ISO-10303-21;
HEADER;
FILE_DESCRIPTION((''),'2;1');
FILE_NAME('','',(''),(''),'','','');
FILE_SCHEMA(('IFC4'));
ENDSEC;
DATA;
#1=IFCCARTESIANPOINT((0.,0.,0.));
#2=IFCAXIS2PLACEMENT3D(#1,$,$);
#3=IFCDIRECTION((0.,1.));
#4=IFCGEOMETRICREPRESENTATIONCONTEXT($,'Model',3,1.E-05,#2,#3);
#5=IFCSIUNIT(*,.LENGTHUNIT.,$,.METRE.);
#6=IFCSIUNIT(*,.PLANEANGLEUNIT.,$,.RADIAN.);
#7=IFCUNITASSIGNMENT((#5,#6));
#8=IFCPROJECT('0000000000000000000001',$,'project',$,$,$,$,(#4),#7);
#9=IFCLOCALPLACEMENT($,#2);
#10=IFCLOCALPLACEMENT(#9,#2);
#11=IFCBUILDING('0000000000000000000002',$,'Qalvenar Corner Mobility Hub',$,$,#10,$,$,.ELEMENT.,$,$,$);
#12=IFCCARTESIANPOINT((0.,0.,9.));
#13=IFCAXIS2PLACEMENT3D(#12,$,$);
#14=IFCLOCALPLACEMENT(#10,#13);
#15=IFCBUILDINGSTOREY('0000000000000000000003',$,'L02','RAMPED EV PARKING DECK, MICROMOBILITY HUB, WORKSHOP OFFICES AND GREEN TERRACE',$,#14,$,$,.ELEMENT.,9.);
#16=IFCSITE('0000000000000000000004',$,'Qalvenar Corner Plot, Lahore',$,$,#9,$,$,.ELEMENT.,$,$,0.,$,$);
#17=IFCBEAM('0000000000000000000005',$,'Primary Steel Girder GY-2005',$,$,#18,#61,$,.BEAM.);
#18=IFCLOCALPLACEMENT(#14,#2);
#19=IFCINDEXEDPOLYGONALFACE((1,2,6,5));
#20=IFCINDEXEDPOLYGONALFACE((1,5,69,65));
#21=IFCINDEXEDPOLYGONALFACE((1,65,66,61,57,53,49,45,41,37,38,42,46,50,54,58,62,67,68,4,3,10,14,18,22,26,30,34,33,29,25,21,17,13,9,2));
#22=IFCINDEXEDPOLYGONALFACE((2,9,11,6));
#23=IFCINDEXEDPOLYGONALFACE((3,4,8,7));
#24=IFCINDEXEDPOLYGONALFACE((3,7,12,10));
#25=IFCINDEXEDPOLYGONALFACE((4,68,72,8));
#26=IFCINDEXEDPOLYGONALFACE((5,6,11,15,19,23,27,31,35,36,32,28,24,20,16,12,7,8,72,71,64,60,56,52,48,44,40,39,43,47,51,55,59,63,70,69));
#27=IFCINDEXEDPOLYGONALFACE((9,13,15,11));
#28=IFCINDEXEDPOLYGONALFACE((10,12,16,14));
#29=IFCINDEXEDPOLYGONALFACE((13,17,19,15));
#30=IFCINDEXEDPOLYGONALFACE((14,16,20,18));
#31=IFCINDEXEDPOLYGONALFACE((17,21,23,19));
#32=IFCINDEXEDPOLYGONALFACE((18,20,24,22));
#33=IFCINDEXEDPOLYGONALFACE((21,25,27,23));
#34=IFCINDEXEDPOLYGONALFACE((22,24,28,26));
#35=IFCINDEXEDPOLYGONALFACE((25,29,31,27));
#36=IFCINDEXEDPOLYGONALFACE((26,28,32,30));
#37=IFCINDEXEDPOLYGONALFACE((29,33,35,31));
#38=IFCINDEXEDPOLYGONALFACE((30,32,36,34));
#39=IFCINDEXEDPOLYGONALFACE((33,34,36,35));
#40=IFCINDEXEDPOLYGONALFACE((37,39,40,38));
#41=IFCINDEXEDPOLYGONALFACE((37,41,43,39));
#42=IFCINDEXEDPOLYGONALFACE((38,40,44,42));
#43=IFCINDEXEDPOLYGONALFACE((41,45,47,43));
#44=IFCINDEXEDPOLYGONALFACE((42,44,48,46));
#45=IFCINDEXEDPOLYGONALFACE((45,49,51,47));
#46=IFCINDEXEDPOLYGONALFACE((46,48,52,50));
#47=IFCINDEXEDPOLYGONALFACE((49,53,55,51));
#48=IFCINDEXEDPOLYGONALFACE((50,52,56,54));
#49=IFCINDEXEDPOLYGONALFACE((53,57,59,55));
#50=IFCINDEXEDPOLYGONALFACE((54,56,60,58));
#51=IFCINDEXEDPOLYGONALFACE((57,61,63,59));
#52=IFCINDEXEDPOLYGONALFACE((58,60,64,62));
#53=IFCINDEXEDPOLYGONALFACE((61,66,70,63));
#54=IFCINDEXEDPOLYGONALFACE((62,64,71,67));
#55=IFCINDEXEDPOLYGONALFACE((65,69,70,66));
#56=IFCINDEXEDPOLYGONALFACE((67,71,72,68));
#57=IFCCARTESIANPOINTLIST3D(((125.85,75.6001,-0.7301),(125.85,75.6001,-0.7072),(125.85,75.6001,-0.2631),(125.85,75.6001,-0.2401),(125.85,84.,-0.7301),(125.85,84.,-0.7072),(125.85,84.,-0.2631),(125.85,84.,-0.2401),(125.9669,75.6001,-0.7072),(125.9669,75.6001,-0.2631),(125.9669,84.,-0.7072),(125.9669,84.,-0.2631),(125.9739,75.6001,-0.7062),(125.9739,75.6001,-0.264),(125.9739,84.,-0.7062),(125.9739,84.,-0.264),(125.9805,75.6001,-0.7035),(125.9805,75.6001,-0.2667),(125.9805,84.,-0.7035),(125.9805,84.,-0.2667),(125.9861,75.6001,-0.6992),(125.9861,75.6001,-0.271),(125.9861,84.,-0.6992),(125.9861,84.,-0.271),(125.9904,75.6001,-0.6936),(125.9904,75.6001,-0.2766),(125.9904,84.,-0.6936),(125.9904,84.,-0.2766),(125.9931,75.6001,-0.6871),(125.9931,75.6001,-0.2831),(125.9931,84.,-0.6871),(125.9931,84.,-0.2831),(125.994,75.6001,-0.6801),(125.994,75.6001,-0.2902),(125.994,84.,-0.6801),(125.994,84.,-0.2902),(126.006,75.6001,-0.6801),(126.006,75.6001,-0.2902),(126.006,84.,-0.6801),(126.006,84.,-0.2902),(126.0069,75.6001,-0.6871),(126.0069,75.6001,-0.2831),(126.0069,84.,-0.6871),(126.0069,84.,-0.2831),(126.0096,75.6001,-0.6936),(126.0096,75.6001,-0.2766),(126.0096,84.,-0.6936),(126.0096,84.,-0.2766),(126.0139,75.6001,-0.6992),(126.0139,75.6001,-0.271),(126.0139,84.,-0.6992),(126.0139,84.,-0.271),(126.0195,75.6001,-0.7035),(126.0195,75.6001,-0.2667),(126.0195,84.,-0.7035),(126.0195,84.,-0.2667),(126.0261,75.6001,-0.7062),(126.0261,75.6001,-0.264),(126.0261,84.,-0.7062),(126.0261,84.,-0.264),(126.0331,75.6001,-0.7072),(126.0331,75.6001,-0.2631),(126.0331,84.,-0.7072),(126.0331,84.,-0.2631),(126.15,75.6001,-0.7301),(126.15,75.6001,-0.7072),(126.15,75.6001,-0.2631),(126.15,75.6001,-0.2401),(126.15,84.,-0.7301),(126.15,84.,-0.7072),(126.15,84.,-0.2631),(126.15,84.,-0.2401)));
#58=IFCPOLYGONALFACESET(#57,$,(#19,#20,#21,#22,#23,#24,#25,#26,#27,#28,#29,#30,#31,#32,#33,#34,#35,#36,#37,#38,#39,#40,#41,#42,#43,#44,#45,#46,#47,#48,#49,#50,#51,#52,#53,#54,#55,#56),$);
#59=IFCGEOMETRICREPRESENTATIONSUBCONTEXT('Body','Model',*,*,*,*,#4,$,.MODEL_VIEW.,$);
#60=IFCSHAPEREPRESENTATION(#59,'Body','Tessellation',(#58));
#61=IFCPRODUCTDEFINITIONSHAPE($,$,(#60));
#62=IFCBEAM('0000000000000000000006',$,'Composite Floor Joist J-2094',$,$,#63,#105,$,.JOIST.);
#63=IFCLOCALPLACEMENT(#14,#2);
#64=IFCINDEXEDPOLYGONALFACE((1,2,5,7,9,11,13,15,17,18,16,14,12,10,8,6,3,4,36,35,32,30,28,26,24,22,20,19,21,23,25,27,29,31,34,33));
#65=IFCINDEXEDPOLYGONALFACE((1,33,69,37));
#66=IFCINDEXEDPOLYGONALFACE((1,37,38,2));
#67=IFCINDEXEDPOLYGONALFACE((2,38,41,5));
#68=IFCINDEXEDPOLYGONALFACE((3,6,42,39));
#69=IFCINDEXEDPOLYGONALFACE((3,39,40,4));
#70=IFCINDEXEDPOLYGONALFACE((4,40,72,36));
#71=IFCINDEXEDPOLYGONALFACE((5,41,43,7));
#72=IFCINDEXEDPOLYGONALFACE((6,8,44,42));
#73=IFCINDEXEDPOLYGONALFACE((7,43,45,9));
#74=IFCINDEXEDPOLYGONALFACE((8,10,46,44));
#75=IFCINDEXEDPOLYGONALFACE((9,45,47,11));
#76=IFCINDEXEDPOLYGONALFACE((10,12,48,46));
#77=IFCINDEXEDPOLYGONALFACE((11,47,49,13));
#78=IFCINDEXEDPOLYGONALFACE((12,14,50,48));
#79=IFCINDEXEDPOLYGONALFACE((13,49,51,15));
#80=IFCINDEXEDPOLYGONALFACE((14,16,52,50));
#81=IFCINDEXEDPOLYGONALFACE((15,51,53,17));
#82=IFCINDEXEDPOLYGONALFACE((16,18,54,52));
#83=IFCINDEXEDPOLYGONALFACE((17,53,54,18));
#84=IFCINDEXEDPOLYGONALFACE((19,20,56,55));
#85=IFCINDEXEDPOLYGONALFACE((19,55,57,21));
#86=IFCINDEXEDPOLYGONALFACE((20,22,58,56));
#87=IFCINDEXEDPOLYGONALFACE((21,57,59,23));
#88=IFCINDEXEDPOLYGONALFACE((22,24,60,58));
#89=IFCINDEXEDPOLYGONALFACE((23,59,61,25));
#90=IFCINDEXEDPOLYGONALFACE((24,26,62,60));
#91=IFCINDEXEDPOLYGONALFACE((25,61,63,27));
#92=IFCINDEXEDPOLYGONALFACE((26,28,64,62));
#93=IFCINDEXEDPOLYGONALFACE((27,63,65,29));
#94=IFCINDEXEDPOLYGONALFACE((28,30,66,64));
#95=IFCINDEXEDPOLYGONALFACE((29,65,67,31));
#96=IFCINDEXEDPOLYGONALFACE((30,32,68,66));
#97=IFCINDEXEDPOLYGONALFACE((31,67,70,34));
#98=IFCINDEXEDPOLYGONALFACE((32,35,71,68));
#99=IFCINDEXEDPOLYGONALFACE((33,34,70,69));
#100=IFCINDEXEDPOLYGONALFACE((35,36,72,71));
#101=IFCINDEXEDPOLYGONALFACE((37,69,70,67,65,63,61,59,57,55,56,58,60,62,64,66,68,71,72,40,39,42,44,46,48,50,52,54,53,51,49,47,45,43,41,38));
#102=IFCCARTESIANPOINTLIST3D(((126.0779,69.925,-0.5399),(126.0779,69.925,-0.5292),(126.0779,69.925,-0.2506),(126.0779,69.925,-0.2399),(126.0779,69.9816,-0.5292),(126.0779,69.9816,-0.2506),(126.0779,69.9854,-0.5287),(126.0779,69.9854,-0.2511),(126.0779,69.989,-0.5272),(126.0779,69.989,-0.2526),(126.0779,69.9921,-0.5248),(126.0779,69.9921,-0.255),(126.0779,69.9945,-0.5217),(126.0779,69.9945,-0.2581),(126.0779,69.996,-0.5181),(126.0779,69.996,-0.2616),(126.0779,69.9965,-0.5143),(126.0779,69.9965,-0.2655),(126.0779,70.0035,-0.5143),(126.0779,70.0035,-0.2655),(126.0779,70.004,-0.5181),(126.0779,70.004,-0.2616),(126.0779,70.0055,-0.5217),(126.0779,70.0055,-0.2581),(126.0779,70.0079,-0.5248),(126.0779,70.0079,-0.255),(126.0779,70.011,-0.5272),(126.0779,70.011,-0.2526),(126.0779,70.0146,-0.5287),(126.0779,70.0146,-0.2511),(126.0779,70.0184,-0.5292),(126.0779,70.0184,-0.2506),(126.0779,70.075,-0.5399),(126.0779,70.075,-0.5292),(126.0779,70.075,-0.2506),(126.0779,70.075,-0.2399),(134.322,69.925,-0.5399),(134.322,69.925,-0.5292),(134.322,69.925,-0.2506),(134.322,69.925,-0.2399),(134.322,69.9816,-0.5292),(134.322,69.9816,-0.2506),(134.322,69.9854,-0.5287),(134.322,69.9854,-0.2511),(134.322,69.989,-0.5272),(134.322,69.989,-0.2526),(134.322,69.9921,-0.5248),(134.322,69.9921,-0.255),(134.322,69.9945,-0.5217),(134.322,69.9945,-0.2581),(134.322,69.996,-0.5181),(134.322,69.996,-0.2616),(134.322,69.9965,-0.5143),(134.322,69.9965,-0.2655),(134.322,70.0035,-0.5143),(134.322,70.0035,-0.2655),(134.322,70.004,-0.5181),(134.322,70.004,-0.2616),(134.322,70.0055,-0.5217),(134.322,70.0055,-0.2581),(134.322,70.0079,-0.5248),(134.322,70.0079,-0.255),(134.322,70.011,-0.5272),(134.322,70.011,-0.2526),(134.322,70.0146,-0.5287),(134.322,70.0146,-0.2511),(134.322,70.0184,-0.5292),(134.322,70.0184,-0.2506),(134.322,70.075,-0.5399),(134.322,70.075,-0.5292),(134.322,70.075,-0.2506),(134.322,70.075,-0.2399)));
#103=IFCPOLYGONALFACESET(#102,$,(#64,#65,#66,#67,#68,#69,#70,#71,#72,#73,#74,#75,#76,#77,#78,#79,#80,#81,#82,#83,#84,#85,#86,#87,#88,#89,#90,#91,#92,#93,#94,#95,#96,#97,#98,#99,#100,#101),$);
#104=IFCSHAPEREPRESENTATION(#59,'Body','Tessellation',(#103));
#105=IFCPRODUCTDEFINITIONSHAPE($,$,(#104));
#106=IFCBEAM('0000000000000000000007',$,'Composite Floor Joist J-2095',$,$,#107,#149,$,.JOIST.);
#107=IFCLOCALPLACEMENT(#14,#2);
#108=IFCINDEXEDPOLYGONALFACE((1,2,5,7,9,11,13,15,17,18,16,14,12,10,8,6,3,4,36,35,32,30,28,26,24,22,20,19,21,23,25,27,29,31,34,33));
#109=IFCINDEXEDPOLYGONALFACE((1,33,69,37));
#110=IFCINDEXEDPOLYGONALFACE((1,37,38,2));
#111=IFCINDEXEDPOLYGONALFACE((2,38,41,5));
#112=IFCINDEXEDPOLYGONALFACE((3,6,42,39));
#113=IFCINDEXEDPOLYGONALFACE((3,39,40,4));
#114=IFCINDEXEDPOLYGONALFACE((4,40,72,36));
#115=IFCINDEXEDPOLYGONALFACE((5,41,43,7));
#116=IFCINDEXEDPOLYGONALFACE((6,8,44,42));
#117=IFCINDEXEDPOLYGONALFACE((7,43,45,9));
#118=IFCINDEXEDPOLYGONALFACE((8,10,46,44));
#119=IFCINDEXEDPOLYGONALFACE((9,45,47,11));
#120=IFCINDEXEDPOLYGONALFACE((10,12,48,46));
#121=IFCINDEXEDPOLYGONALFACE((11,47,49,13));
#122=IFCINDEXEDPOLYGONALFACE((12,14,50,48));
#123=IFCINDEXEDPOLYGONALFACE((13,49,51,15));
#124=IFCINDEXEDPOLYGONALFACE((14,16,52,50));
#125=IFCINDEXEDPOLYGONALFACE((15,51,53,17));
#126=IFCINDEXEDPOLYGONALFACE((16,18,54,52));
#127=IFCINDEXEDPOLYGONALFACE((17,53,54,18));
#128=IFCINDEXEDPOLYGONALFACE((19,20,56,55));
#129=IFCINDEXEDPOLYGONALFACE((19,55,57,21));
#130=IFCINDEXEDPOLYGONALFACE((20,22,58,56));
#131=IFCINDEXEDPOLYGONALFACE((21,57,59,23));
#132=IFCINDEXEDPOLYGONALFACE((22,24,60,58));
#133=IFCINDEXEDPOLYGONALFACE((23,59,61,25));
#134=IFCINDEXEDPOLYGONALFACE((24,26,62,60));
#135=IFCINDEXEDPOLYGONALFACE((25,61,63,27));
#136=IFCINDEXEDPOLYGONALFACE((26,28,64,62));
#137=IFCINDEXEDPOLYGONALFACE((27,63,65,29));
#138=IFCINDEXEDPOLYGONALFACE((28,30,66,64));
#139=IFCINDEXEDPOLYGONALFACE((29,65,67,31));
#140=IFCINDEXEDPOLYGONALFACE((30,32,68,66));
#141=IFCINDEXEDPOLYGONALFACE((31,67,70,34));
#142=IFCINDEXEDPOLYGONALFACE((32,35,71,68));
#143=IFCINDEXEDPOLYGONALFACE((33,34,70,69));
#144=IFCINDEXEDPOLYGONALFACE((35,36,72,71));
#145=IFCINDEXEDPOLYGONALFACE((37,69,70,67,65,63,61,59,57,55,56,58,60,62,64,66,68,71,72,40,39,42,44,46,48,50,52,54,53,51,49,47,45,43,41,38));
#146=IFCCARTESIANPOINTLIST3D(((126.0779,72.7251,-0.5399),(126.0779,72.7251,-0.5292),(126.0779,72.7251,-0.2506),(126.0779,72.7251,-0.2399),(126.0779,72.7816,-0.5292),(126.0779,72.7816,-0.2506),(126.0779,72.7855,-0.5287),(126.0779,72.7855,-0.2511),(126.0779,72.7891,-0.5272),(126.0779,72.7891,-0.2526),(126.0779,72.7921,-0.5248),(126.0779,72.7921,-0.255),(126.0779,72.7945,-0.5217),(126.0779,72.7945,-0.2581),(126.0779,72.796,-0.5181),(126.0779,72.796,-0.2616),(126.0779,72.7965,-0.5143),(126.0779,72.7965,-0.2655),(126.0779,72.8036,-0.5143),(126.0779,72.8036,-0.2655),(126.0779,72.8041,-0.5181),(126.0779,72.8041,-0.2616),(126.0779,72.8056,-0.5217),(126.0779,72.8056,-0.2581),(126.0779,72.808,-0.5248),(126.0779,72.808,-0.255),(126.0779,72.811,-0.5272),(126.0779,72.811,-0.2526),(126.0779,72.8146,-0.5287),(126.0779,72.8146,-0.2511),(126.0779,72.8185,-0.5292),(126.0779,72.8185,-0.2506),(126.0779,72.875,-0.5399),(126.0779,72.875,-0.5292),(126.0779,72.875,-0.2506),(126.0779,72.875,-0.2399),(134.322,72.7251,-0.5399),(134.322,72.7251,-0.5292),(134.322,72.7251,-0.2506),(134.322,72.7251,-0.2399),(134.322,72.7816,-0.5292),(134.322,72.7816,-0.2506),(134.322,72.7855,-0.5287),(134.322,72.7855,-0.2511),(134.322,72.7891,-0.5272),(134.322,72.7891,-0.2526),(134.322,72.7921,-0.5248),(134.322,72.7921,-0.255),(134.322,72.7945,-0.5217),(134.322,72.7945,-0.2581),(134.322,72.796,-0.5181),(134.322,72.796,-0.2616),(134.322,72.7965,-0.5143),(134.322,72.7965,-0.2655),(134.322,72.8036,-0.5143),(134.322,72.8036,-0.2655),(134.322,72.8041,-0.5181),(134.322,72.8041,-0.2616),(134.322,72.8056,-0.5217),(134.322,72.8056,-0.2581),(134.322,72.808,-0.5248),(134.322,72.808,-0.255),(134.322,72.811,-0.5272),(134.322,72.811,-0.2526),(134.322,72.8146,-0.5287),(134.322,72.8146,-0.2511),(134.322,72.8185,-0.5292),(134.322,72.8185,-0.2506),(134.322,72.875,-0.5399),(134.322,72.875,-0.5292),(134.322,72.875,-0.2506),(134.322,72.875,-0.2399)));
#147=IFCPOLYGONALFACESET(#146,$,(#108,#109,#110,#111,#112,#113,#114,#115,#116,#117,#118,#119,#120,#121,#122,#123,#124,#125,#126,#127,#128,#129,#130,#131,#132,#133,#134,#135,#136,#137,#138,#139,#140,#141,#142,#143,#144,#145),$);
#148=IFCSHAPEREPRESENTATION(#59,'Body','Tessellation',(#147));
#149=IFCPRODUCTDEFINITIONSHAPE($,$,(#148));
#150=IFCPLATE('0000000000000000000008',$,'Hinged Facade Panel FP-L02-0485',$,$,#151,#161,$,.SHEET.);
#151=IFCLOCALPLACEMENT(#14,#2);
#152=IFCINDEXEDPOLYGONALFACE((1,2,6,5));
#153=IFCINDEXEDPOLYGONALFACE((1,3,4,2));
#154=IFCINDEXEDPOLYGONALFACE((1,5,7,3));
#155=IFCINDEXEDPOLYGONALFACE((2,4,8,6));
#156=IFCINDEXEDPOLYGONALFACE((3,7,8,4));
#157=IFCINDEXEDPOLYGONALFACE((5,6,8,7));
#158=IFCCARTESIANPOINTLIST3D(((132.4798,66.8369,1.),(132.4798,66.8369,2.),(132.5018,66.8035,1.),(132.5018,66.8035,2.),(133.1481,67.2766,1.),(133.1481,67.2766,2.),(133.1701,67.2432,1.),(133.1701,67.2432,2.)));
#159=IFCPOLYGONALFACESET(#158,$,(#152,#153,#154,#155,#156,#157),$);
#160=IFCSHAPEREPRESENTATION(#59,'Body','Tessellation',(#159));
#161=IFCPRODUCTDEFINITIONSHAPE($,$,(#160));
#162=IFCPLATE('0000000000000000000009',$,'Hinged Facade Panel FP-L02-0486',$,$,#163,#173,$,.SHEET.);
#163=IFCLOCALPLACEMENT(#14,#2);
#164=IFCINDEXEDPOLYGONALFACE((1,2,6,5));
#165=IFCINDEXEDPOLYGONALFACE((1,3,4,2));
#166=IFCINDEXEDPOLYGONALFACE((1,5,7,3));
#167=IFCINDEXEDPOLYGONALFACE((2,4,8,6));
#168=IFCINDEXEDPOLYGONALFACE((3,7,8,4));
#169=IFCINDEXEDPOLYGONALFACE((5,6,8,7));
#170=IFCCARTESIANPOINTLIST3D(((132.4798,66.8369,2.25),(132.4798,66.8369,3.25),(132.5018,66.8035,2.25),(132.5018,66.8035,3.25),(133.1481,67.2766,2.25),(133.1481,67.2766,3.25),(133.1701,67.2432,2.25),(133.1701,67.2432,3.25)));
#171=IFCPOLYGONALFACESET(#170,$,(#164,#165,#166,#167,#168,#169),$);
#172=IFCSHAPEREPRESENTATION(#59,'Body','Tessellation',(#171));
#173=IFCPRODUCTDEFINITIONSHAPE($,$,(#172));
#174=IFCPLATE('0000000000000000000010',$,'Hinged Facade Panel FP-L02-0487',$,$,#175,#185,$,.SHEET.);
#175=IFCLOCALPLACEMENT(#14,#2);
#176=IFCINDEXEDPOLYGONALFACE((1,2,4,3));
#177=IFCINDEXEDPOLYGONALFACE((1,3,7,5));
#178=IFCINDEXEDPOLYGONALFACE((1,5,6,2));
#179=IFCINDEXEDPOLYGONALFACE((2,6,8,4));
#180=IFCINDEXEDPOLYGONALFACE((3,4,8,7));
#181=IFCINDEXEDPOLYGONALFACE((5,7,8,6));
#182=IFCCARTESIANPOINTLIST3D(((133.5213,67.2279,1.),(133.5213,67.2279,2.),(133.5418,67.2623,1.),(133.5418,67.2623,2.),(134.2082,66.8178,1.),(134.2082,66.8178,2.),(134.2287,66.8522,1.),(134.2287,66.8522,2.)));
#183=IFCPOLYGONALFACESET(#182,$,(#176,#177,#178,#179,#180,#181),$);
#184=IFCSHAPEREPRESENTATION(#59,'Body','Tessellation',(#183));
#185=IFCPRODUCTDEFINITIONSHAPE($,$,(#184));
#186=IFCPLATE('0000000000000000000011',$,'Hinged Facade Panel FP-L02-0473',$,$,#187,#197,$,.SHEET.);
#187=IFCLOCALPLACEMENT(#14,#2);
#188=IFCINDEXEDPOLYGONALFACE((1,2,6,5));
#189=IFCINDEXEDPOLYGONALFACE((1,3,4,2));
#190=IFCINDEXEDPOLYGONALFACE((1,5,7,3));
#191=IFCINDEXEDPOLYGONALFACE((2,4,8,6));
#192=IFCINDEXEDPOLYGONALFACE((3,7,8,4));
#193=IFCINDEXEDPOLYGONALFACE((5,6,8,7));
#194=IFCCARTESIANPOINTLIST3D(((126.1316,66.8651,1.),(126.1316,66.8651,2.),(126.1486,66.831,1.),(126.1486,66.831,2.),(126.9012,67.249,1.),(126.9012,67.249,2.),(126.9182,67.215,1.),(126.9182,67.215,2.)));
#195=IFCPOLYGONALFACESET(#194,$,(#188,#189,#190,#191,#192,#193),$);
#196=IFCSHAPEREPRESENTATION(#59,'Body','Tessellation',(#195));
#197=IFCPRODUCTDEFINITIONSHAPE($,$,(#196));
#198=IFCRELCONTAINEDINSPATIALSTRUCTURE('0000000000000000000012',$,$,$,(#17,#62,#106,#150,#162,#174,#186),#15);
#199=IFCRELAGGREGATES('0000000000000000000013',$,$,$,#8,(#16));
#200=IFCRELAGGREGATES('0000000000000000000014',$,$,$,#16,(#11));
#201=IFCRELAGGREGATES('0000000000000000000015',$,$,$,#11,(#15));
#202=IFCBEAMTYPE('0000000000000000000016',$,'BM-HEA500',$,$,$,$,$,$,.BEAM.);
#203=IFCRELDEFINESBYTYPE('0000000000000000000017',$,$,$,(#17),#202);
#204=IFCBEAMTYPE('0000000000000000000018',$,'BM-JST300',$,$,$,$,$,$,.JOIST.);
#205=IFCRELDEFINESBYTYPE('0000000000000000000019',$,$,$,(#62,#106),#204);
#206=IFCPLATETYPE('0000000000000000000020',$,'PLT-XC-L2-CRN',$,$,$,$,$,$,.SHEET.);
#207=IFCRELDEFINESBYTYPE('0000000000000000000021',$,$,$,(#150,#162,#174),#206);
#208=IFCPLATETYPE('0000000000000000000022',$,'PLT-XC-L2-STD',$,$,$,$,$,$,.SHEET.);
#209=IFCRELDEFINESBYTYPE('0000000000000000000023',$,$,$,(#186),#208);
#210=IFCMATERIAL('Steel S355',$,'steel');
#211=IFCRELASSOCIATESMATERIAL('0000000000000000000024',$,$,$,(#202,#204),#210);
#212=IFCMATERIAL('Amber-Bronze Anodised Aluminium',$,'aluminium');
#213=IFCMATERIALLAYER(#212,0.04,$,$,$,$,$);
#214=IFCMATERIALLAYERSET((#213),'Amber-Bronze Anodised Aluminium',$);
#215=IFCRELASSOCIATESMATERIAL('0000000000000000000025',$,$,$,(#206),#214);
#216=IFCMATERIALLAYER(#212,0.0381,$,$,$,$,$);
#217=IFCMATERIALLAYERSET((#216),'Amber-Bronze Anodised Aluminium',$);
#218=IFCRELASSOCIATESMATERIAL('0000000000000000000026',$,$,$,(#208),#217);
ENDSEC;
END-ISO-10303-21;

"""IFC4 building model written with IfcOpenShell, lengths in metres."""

from ifc_helpers import new_model, si_unit, direction, frame, origin, origin_2d, place, context, subcontext, project, spatial, rectangle, i_section, extrude, material, layer, layer_set, material_profile, profile_set, type_object, element, save


model = new_model("IFC4")

# Units and contexts
model_context = context("Model", 3, precision=1e-05, world=origin(), true_north=direction((0.0, 1.0)))
body_context = subcontext(model_context, "Body", "Model", "MODEL_VIEW")
ifc_project = project(units=[si_unit("LENGTHUNIT", "METRE"), si_unit("PLANEANGLEUNIT", "RADIAN")], contexts=[model_context])

# Site, building, storey
site_placement = place(None, origin())
site = spatial("IfcSite", under=ifc_project, at=site_placement, Name="Qalvenar Corner Plot, Lahore", CompositionType="ELEMENT", RefElevation=0.0)
building_placement = place(site_placement, origin())
building = spatial("IfcBuilding", under=site, at=building_placement, Name="Qalvenar Corner Mobility Hub", CompositionType="ELEMENT")
storey_placement = place(building_placement, frame((0.0, 0.0, 9.0)))
storey = spatial("IfcBuildingStorey", under=building, at=storey_placement, Name="L02", Description="RAMPED EV PARKING DECK, MICROMOBILITY HUB, WORKSHOP OFFICES AND GREEN TERRACE", CompositionType="ELEMENT", Elevation=9.0)

# Beams
ifc_material_1 = material(Name="Steel S355", Category="steel")
ifc_material_profile_1 = material_profile(ifc_material_1, i_section(OverallWidth=0.3, OverallDepth=0.49, WebThickness=0.012, FlangeThickness=0.0229, FilletRadius=0.0271, at=origin_2d()), Name="HEA500")
ifc_profile_set_1 = profile_set([ifc_material_profile_1], Name="Steel S355")
beam_type_1 = type_object("IfcBeamType", Name="BM-HEA500", PredefinedType="BEAM", material=ifc_profile_set_1)
beam_placement = place(storey_placement, frame((126.0, 75.6001, -0.4851), z_axis=(0.0, 1.0, 0.0), x_axis=(-1.0, 0.0, 0.0)))
element("IfcBeam", 1, at=beam_placement, inside=storey, type_object=beam_type_1, Name="Primary Steel Girder GY-2005", PredefinedType="BEAM", context=body_context, shape_type="SweptSolid", body=[
    extrude(i_section(OverallWidth=0.3, OverallDepth=0.49, WebThickness=0.012, FlangeThickness=0.0229, FilletRadius=0.0271, at=origin_2d()), origin(), (0.0, 0.0, 1.0), 8.3999),
])
ifc_material_profile_2 = material_profile(ifc_material_1, i_section(OverallWidth=0.1499, OverallDepth=0.3, WebThickness=0.0071, FlangeThickness=0.0107, FilletRadius=0.0149, at=origin_2d()), Name="IPE300")
ifc_profile_set_2 = profile_set([ifc_material_profile_2], Name="Steel S355")
beam_type_2 = type_object("IfcBeamType", Name="BM-JST300", PredefinedType="JOIST", material=ifc_profile_set_2)
for number, where, z_axis, x_axis, name in (
    (2, (126.0779, 70.0, -0.3899), (1.0, 0.0, 0.0), (0.0, 1.0, 0.0), "Composite Floor Joist J-2094"),
    (3, (126.0779, 72.8, -0.3899), (1.0, 0.0, 0.0), (0.0, 1.0, 0.0), "Composite Floor Joist J-2095"),
):
    element("IfcBeam", number, at=place(storey_placement, frame(where, z_axis=z_axis, x_axis=x_axis)), inside=storey, type_object=beam_type_2, Name=name, PredefinedType="JOIST", context=body_context, shape_type="SweptSolid", body=[
        extrude(i_section(OverallWidth=0.1499, OverallDepth=0.3, WebThickness=0.0071, FlangeThickness=0.0107, FilletRadius=0.0149, at=origin_2d()), origin(), (0.0, 0.0, 1.0), 8.2441),
    ])

# Plates
ifc_material_2 = material(Name="Amber-Bronze Anodised Aluminium", Category="aluminium")
ifc_layer_1 = layer(ifc_material_2, 0.04)
ifc_layer_set_1 = layer_set([ifc_layer_1], Name="Amber-Bronze Anodised Aluminium")
plate_type_1 = type_object("IfcPlateType", Name="PLT-XC-L2-CRN", PredefinedType="SHEET", material=ifc_layer_set_1)
for number, where, z_axis, x_axis, name in (
    (4, (132.825, 67.04, 1.0), (0.0, 0.0, 1.0), (0.835424, 0.549606, 0.0), "Hinged Facade Panel FP-L02-0485"),
    (5, (132.825, 67.04, 2.25), (0.0, 0.0, 1.0), (0.835424, 0.549606, 0.0), "Hinged Facade Panel FP-L02-0486"),
    (6, (133.875, 67.04, 1.0), (0.0, 0.0, 1.0), (0.858602, -0.512642, 0.0), "Hinged Facade Panel FP-L02-0487"),
):
    element("IfcPlate", number, at=place(storey_placement, frame(where, z_axis=z_axis, x_axis=x_axis)), inside=storey, type_object=plate_type_1, Name=name, PredefinedType="SHEET", context=body_context, shape_type="SweptSolid", body=[
        extrude(rectangle(XDim=0.8, YDim=0.04, at=origin_2d()), origin(), (0.0, 0.0, 1.0), 1.0),
    ])
ifc_layer_2 = layer(ifc_material_2, 0.0381)
ifc_layer_set_2 = layer_set([ifc_layer_2], Name="Amber-Bronze Anodised Aluminium")
plate_type_2 = type_object("IfcPlateType", Name="PLT-XC-L2-STD", PredefinedType="SHEET", material=ifc_layer_set_2)
for number, where, z_axis, x_axis, name in (
    (7, (126.5249, 67.04, 1.0), (0.0, 0.0, 1.0), (0.894856, 0.446354, 0.0), "Hinged Facade Panel FP-L02-0473"),
):
    element("IfcPlate", number, at=place(storey_placement, frame(where, z_axis=z_axis, x_axis=x_axis)), inside=storey, type_object=plate_type_2, Name=name, PredefinedType="SHEET", context=body_context, shape_type="SweptSolid", body=[
        extrude(rectangle(XDim=0.8601, YDim=0.0381, at=origin_2d()), origin(), (0.0, 0.0, 1.0), 1.0),
    ])

save(model, "model.ifc")
